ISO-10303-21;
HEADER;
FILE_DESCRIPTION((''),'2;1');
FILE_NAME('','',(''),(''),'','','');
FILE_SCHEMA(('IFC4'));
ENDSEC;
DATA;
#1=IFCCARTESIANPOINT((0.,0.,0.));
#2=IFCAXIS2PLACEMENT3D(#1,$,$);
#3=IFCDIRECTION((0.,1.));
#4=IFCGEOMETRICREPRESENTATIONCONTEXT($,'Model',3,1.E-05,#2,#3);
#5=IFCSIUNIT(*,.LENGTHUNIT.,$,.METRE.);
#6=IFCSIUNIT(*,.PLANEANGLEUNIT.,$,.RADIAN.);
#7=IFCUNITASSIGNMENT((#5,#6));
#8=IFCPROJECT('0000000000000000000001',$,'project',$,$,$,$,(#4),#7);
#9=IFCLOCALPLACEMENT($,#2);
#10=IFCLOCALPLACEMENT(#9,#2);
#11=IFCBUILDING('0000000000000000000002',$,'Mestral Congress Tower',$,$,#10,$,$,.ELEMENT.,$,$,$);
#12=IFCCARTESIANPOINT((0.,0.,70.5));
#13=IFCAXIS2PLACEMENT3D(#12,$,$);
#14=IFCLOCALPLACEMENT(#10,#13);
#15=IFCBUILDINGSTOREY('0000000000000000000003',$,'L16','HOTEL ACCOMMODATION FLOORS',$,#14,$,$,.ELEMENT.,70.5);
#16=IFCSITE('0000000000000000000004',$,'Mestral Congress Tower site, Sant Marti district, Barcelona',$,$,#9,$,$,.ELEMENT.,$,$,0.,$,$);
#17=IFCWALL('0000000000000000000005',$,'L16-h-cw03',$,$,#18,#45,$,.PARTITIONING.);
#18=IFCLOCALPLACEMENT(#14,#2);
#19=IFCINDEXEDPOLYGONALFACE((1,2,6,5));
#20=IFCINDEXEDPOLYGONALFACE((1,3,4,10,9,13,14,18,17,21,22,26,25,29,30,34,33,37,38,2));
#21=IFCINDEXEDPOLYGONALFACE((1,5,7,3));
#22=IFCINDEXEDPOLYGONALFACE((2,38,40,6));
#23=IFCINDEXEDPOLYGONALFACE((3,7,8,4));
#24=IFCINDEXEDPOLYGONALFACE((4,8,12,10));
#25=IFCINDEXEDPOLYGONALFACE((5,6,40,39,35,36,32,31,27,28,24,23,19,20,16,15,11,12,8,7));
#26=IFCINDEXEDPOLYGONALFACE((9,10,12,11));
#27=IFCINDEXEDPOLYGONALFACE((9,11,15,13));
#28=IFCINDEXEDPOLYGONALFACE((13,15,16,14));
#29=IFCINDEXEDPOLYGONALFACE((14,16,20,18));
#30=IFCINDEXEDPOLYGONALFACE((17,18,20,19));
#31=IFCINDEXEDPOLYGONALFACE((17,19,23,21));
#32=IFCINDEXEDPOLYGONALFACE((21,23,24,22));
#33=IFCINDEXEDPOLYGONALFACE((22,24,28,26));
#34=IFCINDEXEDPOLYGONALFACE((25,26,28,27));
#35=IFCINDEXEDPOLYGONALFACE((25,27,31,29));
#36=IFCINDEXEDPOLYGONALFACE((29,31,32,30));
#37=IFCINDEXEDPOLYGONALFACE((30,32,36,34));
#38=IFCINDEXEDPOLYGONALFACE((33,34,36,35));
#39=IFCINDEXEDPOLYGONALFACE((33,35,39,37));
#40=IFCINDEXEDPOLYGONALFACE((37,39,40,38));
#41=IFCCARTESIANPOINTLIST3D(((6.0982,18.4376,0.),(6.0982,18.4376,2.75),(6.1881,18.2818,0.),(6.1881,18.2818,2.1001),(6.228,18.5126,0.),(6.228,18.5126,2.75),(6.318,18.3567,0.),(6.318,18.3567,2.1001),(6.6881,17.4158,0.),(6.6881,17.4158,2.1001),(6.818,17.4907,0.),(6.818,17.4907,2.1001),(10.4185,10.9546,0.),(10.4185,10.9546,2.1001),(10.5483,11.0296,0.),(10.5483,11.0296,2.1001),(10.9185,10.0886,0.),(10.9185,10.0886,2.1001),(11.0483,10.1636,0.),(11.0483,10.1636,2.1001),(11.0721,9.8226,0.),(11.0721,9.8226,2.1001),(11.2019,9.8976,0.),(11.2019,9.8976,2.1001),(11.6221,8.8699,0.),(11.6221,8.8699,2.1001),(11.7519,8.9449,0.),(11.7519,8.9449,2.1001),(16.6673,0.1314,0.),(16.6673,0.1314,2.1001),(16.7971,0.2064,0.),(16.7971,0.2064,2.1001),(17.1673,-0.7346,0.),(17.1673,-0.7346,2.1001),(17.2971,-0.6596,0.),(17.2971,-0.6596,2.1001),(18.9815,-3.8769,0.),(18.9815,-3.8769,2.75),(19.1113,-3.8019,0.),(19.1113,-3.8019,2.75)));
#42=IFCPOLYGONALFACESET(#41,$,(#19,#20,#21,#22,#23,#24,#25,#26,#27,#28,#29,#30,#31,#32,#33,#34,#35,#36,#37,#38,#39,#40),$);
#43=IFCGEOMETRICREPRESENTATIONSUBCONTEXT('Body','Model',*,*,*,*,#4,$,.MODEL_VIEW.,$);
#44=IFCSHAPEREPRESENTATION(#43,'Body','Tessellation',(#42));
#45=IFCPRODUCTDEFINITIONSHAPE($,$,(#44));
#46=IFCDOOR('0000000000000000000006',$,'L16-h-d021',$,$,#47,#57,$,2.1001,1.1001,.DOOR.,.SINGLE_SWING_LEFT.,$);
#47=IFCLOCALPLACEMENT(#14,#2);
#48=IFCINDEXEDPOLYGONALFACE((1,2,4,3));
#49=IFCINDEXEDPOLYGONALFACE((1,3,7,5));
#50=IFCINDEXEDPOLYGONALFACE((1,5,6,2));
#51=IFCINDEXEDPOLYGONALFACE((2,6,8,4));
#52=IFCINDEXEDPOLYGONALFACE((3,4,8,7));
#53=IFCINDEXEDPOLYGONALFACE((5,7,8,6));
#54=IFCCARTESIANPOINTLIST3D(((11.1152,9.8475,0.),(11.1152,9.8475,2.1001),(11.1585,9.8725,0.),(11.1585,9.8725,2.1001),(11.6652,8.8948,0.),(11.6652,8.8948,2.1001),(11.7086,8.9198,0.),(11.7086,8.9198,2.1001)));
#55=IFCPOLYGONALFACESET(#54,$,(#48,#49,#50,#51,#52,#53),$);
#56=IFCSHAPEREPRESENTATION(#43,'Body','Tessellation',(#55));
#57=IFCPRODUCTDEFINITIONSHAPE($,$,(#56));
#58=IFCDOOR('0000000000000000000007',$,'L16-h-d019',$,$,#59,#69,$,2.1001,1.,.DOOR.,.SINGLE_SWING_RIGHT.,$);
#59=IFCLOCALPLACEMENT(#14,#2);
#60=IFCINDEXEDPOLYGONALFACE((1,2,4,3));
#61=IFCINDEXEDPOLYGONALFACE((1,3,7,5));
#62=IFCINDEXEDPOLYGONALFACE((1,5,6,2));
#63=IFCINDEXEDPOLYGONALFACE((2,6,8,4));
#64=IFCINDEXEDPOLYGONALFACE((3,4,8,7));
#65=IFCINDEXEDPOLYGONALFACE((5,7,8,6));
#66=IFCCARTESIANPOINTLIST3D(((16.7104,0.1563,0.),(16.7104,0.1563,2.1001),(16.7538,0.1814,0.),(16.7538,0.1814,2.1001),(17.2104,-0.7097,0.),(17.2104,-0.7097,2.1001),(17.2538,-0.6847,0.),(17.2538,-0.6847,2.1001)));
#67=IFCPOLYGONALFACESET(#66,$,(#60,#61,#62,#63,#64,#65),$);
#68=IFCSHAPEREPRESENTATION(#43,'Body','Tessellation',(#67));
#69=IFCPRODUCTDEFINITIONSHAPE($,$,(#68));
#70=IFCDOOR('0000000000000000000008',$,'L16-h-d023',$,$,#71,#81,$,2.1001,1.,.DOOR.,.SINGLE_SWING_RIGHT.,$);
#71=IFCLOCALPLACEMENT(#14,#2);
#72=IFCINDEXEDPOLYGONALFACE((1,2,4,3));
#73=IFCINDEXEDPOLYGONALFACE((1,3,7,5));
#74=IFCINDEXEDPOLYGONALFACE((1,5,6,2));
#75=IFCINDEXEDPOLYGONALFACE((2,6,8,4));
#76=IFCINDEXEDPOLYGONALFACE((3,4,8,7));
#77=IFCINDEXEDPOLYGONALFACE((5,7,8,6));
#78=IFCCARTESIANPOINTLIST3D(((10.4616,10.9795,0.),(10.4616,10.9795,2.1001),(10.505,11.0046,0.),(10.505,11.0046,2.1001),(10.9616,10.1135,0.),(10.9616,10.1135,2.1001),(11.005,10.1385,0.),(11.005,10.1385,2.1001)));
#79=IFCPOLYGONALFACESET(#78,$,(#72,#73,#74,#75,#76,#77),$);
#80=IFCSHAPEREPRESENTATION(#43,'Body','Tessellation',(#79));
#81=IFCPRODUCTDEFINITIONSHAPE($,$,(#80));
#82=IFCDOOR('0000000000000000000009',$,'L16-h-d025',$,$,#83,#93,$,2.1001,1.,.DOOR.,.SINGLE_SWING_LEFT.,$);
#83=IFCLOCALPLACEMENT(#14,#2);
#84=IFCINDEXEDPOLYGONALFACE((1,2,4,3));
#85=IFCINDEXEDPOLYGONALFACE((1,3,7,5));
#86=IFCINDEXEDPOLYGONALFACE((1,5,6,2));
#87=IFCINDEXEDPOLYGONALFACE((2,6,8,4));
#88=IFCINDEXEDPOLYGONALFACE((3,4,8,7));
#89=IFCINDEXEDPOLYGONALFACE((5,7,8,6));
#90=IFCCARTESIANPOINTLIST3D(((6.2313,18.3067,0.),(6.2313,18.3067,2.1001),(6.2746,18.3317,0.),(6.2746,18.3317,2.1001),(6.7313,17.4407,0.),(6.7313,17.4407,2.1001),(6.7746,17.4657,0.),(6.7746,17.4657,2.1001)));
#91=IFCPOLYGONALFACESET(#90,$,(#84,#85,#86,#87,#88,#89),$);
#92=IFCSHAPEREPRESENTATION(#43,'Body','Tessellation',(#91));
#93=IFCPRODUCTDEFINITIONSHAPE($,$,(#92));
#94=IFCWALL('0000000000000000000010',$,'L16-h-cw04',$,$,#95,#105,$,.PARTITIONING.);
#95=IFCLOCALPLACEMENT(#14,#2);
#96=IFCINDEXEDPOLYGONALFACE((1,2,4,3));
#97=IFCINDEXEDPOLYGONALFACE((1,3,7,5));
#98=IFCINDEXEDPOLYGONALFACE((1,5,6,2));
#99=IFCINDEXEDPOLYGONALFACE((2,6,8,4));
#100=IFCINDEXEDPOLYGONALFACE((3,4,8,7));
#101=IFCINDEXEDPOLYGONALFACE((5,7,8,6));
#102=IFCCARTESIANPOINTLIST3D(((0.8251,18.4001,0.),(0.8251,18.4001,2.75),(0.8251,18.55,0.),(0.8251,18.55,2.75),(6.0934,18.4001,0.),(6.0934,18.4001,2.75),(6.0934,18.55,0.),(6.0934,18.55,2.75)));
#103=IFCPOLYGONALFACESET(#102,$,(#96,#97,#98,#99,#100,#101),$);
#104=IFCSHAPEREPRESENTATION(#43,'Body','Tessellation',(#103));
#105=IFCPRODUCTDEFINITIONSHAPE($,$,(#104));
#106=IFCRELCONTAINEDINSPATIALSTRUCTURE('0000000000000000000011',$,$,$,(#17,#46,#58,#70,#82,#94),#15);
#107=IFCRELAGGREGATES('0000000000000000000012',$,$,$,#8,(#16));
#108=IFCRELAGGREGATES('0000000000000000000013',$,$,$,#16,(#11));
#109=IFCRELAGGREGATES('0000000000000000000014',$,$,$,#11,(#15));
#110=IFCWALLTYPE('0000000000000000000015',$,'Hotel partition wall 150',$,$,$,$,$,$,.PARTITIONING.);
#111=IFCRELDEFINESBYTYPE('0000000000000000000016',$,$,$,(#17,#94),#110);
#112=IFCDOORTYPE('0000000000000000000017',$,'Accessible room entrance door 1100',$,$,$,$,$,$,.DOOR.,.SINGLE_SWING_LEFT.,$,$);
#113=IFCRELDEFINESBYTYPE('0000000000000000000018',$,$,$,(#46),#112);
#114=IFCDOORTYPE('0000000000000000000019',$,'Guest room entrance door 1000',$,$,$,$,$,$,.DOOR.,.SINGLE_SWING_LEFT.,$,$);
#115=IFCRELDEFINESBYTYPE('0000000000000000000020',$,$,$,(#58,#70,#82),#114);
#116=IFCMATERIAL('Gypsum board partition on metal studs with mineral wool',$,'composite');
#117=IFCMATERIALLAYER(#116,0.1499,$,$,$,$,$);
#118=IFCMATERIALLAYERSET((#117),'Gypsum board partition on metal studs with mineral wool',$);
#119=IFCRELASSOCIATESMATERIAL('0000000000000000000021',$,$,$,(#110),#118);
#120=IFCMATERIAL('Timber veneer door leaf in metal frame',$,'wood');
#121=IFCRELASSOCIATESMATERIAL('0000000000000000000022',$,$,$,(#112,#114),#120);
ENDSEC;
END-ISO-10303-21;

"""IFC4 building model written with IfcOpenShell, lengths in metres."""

from ifc_helpers import new_model, si_unit, direction, frame, frame_2d, origin, place, context, subcontext, project, spatial, rectangle, extrude, material, layer, layer_set, type_object, element, fill, save


model = new_model("IFC4")

# Units and contexts
model_context = context("Model", 3, precision=1e-05, world=origin(), true_north=direction((0.0, 1.0)))
body_context = subcontext(model_context, "Body", "Model", "MODEL_VIEW")
ifc_project = project(units=[si_unit("LENGTHUNIT", "METRE"), si_unit("PLANEANGLEUNIT", "RADIAN")], contexts=[model_context])

# Site, building, storey
site_placement = place(None, origin())
site = spatial("IfcSite", under=ifc_project, at=site_placement, Name="Mestral Congress Tower site, Sant Marti district, Barcelona", CompositionType="ELEMENT", RefElevation=0.0)
building_placement = place(site_placement, origin())
building = spatial("IfcBuilding", under=site, at=building_placement, Name="Mestral Congress Tower", CompositionType="ELEMENT")
storey_placement = place(building_placement, frame((0.0, 0.0, 70.5)))
storey = spatial("IfcBuildingStorey", under=building, at=storey_placement, Name="L16", Description="HOTEL ACCOMMODATION FLOORS", CompositionType="ELEMENT", Elevation=70.5)

# Shared definitions
ifc_material_1 = material(Name="Gypsum board partition on metal studs with mineral wool", Category="composite")

# Wall, openings, doors
ifc_layer_1 = layer(ifc_material_1, 0.1499)
ifc_layer_set_1 = layer_set([ifc_layer_1], Name="Gypsum board partition on metal studs with mineral wool")
wall_type_1 = type_object("IfcWallType", Name="Hotel partition wall 150", PredefinedType="PARTITIONING", material=ifc_layer_set_1)
wall_1_placement = place(storey_placement, frame((6.1631, 18.4751, 0.0), z_axis=(0.0, 0.0, 1.0), x_axis=(0.500001, -0.866025, 0.0)))
wall_1 = element("IfcWall", 1, at=wall_1_placement, inside=storey, type_object=wall_type_1, Name="L16-h-cw03", PredefinedType="PARTITIONING", context=body_context, shape_type="SweptSolid", body=[
    extrude(rectangle(XDim=25.7666, YDim=0.1499, at=frame_2d((12.8833, 0.0))), origin(), (0.0, 0.0, 1.0), 2.75),
])
opening_1_placement = place(wall_1_placement, frame((21.1382, 0.0, 0.0)))
opening_1 = element("IfcOpeningElement", 2, at=opening_1_placement, cuts=wall_1, PredefinedType="OPENING", context=body_context, shape_type="SweptSolid", body=[
    extrude(rectangle(XDim=1.0, YDim=2.1001, at=frame_2d((0.5, 1.05))), frame((0.0, 0.085, 0.0), z_axis=(0.0, -1.0, 0.0), x_axis=(1.0, 0.0, 0.0)), (0.0, 0.0, 1.0), 0.1699),
])
opening_2_placement = place(wall_1_placement, frame((9.9478, 0.0, 0.0)))
opening_2 = element("IfcOpeningElement", 3, at=opening_2_placement, cuts=wall_1, PredefinedType="OPENING", context=body_context, shape_type="SweptSolid", body=[
    extrude(rectangle(XDim=1.1001, YDim=2.1001, at=frame_2d((0.55, 1.05))), frame((0.0, 0.085, 0.0), z_axis=(0.0, -1.0, 0.0), x_axis=(1.0, 0.0, 0.0)), (0.0, 0.0, 1.0), 0.1699),
])
opening_3_placement = place(wall_1_placement, frame((8.6406, 0.0, 0.0)))
opening_3 = element("IfcOpeningElement", 4, at=opening_3_placement, cuts=wall_1, PredefinedType="OPENING", context=body_context, shape_type="SweptSolid", body=[
    extrude(rectangle(XDim=1.0, YDim=2.1001, at=frame_2d((0.5, 1.05))), frame((0.0, 0.085, 0.0), z_axis=(0.0, -1.0, 0.0), x_axis=(1.0, 0.0, 0.0)), (0.0, 0.0, 1.0), 0.1699),
])
opening_4_placement = place(wall_1_placement, frame((0.1799, 0.0, 0.0)))
opening_4 = element("IfcOpeningElement", 5, at=opening_4_placement, cuts=wall_1, PredefinedType="OPENING", context=body_context, shape_type="SweptSolid", body=[
    extrude(rectangle(XDim=1.0, YDim=2.1001, at=frame_2d((0.5, 1.05))), frame((0.0, 0.085, 0.0), z_axis=(0.0, -1.0, 0.0), x_axis=(1.0, 0.0, 0.0)), (0.0, 0.0, 1.0), 0.1699),
])
ifc_material_2 = material(Name="Timber veneer door leaf in metal frame", Category="wood")
door_type_1 = type_object("IfcDoorType", Name="Accessible room entrance door 1100", OperationType="SINGLE_SWING_LEFT", PredefinedType="DOOR", material=ifc_material_2)
door_1_placement = place(opening_2_placement, origin())
door_1 = element("IfcDoor", 6, at=door_1_placement, inside=storey, type_object=door_type_1, Name="L16-h-d021", OperationType="SINGLE_SWING_LEFT", OverallHeight=2.1001, OverallWidth=1.1001, PredefinedType="DOOR", context=body_context, shape_type="SweptSolid", body=[
    extrude(rectangle(XDim=1.1001, YDim=2.1001, at=frame_2d((0.55, 1.05))), frame((0.0, 0.0249, 0.0), z_axis=(0.0, -1.0, 0.0), x_axis=(1.0, 0.0, 0.0)), (0.0, 0.0, 1.0), 0.05),
])
fill(opening_2, door_1)
door_type_2 = type_object("IfcDoorType", Name="Guest room entrance door 1000", OperationType="SINGLE_SWING_LEFT", PredefinedType="DOOR", material=ifc_material_2)
door_2_placement = place(opening_1_placement, origin())
door_2 = element("IfcDoor", 7, at=door_2_placement, inside=storey, type_object=door_type_2, Name="L16-h-d019", OperationType="SINGLE_SWING_RIGHT", OverallHeight=2.1001, OverallWidth=1.0, PredefinedType="DOOR", context=body_context, shape_type="SweptSolid", body=[
    extrude(rectangle(XDim=1.0, YDim=2.1001, at=frame_2d((0.5, 1.05))), frame((0.0, 0.0249, 0.0), z_axis=(0.0, -1.0, 0.0), x_axis=(1.0, 0.0, 0.0)), (0.0, 0.0, 1.0), 0.05),
])
fill(opening_1, door_2)
door_3_placement = place(opening_3_placement, origin())
door_3 = element("IfcDoor", 8, at=door_3_placement, inside=storey, type_object=door_type_2, Name="L16-h-d023", OperationType="SINGLE_SWING_RIGHT", OverallHeight=2.1001, OverallWidth=1.0, PredefinedType="DOOR", context=body_context, shape_type="SweptSolid", body=[
    extrude(rectangle(XDim=1.0, YDim=2.1001, at=frame_2d((0.5, 1.05))), frame((0.0, 0.0249, 0.0), z_axis=(0.0, -1.0, 0.0), x_axis=(1.0, 0.0, 0.0)), (0.0, 0.0, 1.0), 0.05),
])
fill(opening_3, door_3)
door_4_placement = place(opening_4_placement, origin())
door_4 = element("IfcDoor", 9, at=door_4_placement, inside=storey, type_object=door_type_2, Name="L16-h-d025", OperationType="SINGLE_SWING_LEFT", OverallHeight=2.1001, OverallWidth=1.0, PredefinedType="DOOR", context=body_context, shape_type="SweptSolid", body=[
    extrude(rectangle(XDim=1.0, YDim=2.1001, at=frame_2d((0.5, 1.05))), frame((0.0, 0.0249, 0.0), z_axis=(0.0, -1.0, 0.0), x_axis=(1.0, 0.0, 0.0)), (0.0, 0.0, 1.0), 0.05),
])
fill(opening_4, door_4)

# Wall
wall_2_placement = place(storey_placement, frame((0.825, 18.4751, 0.0), z_axis=(0.0, 0.0, 1.0), x_axis=(1.0, 0.0, 0.0)))
element("IfcWall", 10, at=wall_2_placement, inside=storey, type_object=wall_type_1, Name="L16-h-cw04", PredefinedType="PARTITIONING", context=body_context, shape_type="SweptSolid", body=[
    extrude(rectangle(XDim=5.2683, YDim=0.1499, at=frame_2d((2.6343, 0.0))), origin(), (0.0, 0.0, 1.0), 2.75),
])

save(model, "model.ifc")
